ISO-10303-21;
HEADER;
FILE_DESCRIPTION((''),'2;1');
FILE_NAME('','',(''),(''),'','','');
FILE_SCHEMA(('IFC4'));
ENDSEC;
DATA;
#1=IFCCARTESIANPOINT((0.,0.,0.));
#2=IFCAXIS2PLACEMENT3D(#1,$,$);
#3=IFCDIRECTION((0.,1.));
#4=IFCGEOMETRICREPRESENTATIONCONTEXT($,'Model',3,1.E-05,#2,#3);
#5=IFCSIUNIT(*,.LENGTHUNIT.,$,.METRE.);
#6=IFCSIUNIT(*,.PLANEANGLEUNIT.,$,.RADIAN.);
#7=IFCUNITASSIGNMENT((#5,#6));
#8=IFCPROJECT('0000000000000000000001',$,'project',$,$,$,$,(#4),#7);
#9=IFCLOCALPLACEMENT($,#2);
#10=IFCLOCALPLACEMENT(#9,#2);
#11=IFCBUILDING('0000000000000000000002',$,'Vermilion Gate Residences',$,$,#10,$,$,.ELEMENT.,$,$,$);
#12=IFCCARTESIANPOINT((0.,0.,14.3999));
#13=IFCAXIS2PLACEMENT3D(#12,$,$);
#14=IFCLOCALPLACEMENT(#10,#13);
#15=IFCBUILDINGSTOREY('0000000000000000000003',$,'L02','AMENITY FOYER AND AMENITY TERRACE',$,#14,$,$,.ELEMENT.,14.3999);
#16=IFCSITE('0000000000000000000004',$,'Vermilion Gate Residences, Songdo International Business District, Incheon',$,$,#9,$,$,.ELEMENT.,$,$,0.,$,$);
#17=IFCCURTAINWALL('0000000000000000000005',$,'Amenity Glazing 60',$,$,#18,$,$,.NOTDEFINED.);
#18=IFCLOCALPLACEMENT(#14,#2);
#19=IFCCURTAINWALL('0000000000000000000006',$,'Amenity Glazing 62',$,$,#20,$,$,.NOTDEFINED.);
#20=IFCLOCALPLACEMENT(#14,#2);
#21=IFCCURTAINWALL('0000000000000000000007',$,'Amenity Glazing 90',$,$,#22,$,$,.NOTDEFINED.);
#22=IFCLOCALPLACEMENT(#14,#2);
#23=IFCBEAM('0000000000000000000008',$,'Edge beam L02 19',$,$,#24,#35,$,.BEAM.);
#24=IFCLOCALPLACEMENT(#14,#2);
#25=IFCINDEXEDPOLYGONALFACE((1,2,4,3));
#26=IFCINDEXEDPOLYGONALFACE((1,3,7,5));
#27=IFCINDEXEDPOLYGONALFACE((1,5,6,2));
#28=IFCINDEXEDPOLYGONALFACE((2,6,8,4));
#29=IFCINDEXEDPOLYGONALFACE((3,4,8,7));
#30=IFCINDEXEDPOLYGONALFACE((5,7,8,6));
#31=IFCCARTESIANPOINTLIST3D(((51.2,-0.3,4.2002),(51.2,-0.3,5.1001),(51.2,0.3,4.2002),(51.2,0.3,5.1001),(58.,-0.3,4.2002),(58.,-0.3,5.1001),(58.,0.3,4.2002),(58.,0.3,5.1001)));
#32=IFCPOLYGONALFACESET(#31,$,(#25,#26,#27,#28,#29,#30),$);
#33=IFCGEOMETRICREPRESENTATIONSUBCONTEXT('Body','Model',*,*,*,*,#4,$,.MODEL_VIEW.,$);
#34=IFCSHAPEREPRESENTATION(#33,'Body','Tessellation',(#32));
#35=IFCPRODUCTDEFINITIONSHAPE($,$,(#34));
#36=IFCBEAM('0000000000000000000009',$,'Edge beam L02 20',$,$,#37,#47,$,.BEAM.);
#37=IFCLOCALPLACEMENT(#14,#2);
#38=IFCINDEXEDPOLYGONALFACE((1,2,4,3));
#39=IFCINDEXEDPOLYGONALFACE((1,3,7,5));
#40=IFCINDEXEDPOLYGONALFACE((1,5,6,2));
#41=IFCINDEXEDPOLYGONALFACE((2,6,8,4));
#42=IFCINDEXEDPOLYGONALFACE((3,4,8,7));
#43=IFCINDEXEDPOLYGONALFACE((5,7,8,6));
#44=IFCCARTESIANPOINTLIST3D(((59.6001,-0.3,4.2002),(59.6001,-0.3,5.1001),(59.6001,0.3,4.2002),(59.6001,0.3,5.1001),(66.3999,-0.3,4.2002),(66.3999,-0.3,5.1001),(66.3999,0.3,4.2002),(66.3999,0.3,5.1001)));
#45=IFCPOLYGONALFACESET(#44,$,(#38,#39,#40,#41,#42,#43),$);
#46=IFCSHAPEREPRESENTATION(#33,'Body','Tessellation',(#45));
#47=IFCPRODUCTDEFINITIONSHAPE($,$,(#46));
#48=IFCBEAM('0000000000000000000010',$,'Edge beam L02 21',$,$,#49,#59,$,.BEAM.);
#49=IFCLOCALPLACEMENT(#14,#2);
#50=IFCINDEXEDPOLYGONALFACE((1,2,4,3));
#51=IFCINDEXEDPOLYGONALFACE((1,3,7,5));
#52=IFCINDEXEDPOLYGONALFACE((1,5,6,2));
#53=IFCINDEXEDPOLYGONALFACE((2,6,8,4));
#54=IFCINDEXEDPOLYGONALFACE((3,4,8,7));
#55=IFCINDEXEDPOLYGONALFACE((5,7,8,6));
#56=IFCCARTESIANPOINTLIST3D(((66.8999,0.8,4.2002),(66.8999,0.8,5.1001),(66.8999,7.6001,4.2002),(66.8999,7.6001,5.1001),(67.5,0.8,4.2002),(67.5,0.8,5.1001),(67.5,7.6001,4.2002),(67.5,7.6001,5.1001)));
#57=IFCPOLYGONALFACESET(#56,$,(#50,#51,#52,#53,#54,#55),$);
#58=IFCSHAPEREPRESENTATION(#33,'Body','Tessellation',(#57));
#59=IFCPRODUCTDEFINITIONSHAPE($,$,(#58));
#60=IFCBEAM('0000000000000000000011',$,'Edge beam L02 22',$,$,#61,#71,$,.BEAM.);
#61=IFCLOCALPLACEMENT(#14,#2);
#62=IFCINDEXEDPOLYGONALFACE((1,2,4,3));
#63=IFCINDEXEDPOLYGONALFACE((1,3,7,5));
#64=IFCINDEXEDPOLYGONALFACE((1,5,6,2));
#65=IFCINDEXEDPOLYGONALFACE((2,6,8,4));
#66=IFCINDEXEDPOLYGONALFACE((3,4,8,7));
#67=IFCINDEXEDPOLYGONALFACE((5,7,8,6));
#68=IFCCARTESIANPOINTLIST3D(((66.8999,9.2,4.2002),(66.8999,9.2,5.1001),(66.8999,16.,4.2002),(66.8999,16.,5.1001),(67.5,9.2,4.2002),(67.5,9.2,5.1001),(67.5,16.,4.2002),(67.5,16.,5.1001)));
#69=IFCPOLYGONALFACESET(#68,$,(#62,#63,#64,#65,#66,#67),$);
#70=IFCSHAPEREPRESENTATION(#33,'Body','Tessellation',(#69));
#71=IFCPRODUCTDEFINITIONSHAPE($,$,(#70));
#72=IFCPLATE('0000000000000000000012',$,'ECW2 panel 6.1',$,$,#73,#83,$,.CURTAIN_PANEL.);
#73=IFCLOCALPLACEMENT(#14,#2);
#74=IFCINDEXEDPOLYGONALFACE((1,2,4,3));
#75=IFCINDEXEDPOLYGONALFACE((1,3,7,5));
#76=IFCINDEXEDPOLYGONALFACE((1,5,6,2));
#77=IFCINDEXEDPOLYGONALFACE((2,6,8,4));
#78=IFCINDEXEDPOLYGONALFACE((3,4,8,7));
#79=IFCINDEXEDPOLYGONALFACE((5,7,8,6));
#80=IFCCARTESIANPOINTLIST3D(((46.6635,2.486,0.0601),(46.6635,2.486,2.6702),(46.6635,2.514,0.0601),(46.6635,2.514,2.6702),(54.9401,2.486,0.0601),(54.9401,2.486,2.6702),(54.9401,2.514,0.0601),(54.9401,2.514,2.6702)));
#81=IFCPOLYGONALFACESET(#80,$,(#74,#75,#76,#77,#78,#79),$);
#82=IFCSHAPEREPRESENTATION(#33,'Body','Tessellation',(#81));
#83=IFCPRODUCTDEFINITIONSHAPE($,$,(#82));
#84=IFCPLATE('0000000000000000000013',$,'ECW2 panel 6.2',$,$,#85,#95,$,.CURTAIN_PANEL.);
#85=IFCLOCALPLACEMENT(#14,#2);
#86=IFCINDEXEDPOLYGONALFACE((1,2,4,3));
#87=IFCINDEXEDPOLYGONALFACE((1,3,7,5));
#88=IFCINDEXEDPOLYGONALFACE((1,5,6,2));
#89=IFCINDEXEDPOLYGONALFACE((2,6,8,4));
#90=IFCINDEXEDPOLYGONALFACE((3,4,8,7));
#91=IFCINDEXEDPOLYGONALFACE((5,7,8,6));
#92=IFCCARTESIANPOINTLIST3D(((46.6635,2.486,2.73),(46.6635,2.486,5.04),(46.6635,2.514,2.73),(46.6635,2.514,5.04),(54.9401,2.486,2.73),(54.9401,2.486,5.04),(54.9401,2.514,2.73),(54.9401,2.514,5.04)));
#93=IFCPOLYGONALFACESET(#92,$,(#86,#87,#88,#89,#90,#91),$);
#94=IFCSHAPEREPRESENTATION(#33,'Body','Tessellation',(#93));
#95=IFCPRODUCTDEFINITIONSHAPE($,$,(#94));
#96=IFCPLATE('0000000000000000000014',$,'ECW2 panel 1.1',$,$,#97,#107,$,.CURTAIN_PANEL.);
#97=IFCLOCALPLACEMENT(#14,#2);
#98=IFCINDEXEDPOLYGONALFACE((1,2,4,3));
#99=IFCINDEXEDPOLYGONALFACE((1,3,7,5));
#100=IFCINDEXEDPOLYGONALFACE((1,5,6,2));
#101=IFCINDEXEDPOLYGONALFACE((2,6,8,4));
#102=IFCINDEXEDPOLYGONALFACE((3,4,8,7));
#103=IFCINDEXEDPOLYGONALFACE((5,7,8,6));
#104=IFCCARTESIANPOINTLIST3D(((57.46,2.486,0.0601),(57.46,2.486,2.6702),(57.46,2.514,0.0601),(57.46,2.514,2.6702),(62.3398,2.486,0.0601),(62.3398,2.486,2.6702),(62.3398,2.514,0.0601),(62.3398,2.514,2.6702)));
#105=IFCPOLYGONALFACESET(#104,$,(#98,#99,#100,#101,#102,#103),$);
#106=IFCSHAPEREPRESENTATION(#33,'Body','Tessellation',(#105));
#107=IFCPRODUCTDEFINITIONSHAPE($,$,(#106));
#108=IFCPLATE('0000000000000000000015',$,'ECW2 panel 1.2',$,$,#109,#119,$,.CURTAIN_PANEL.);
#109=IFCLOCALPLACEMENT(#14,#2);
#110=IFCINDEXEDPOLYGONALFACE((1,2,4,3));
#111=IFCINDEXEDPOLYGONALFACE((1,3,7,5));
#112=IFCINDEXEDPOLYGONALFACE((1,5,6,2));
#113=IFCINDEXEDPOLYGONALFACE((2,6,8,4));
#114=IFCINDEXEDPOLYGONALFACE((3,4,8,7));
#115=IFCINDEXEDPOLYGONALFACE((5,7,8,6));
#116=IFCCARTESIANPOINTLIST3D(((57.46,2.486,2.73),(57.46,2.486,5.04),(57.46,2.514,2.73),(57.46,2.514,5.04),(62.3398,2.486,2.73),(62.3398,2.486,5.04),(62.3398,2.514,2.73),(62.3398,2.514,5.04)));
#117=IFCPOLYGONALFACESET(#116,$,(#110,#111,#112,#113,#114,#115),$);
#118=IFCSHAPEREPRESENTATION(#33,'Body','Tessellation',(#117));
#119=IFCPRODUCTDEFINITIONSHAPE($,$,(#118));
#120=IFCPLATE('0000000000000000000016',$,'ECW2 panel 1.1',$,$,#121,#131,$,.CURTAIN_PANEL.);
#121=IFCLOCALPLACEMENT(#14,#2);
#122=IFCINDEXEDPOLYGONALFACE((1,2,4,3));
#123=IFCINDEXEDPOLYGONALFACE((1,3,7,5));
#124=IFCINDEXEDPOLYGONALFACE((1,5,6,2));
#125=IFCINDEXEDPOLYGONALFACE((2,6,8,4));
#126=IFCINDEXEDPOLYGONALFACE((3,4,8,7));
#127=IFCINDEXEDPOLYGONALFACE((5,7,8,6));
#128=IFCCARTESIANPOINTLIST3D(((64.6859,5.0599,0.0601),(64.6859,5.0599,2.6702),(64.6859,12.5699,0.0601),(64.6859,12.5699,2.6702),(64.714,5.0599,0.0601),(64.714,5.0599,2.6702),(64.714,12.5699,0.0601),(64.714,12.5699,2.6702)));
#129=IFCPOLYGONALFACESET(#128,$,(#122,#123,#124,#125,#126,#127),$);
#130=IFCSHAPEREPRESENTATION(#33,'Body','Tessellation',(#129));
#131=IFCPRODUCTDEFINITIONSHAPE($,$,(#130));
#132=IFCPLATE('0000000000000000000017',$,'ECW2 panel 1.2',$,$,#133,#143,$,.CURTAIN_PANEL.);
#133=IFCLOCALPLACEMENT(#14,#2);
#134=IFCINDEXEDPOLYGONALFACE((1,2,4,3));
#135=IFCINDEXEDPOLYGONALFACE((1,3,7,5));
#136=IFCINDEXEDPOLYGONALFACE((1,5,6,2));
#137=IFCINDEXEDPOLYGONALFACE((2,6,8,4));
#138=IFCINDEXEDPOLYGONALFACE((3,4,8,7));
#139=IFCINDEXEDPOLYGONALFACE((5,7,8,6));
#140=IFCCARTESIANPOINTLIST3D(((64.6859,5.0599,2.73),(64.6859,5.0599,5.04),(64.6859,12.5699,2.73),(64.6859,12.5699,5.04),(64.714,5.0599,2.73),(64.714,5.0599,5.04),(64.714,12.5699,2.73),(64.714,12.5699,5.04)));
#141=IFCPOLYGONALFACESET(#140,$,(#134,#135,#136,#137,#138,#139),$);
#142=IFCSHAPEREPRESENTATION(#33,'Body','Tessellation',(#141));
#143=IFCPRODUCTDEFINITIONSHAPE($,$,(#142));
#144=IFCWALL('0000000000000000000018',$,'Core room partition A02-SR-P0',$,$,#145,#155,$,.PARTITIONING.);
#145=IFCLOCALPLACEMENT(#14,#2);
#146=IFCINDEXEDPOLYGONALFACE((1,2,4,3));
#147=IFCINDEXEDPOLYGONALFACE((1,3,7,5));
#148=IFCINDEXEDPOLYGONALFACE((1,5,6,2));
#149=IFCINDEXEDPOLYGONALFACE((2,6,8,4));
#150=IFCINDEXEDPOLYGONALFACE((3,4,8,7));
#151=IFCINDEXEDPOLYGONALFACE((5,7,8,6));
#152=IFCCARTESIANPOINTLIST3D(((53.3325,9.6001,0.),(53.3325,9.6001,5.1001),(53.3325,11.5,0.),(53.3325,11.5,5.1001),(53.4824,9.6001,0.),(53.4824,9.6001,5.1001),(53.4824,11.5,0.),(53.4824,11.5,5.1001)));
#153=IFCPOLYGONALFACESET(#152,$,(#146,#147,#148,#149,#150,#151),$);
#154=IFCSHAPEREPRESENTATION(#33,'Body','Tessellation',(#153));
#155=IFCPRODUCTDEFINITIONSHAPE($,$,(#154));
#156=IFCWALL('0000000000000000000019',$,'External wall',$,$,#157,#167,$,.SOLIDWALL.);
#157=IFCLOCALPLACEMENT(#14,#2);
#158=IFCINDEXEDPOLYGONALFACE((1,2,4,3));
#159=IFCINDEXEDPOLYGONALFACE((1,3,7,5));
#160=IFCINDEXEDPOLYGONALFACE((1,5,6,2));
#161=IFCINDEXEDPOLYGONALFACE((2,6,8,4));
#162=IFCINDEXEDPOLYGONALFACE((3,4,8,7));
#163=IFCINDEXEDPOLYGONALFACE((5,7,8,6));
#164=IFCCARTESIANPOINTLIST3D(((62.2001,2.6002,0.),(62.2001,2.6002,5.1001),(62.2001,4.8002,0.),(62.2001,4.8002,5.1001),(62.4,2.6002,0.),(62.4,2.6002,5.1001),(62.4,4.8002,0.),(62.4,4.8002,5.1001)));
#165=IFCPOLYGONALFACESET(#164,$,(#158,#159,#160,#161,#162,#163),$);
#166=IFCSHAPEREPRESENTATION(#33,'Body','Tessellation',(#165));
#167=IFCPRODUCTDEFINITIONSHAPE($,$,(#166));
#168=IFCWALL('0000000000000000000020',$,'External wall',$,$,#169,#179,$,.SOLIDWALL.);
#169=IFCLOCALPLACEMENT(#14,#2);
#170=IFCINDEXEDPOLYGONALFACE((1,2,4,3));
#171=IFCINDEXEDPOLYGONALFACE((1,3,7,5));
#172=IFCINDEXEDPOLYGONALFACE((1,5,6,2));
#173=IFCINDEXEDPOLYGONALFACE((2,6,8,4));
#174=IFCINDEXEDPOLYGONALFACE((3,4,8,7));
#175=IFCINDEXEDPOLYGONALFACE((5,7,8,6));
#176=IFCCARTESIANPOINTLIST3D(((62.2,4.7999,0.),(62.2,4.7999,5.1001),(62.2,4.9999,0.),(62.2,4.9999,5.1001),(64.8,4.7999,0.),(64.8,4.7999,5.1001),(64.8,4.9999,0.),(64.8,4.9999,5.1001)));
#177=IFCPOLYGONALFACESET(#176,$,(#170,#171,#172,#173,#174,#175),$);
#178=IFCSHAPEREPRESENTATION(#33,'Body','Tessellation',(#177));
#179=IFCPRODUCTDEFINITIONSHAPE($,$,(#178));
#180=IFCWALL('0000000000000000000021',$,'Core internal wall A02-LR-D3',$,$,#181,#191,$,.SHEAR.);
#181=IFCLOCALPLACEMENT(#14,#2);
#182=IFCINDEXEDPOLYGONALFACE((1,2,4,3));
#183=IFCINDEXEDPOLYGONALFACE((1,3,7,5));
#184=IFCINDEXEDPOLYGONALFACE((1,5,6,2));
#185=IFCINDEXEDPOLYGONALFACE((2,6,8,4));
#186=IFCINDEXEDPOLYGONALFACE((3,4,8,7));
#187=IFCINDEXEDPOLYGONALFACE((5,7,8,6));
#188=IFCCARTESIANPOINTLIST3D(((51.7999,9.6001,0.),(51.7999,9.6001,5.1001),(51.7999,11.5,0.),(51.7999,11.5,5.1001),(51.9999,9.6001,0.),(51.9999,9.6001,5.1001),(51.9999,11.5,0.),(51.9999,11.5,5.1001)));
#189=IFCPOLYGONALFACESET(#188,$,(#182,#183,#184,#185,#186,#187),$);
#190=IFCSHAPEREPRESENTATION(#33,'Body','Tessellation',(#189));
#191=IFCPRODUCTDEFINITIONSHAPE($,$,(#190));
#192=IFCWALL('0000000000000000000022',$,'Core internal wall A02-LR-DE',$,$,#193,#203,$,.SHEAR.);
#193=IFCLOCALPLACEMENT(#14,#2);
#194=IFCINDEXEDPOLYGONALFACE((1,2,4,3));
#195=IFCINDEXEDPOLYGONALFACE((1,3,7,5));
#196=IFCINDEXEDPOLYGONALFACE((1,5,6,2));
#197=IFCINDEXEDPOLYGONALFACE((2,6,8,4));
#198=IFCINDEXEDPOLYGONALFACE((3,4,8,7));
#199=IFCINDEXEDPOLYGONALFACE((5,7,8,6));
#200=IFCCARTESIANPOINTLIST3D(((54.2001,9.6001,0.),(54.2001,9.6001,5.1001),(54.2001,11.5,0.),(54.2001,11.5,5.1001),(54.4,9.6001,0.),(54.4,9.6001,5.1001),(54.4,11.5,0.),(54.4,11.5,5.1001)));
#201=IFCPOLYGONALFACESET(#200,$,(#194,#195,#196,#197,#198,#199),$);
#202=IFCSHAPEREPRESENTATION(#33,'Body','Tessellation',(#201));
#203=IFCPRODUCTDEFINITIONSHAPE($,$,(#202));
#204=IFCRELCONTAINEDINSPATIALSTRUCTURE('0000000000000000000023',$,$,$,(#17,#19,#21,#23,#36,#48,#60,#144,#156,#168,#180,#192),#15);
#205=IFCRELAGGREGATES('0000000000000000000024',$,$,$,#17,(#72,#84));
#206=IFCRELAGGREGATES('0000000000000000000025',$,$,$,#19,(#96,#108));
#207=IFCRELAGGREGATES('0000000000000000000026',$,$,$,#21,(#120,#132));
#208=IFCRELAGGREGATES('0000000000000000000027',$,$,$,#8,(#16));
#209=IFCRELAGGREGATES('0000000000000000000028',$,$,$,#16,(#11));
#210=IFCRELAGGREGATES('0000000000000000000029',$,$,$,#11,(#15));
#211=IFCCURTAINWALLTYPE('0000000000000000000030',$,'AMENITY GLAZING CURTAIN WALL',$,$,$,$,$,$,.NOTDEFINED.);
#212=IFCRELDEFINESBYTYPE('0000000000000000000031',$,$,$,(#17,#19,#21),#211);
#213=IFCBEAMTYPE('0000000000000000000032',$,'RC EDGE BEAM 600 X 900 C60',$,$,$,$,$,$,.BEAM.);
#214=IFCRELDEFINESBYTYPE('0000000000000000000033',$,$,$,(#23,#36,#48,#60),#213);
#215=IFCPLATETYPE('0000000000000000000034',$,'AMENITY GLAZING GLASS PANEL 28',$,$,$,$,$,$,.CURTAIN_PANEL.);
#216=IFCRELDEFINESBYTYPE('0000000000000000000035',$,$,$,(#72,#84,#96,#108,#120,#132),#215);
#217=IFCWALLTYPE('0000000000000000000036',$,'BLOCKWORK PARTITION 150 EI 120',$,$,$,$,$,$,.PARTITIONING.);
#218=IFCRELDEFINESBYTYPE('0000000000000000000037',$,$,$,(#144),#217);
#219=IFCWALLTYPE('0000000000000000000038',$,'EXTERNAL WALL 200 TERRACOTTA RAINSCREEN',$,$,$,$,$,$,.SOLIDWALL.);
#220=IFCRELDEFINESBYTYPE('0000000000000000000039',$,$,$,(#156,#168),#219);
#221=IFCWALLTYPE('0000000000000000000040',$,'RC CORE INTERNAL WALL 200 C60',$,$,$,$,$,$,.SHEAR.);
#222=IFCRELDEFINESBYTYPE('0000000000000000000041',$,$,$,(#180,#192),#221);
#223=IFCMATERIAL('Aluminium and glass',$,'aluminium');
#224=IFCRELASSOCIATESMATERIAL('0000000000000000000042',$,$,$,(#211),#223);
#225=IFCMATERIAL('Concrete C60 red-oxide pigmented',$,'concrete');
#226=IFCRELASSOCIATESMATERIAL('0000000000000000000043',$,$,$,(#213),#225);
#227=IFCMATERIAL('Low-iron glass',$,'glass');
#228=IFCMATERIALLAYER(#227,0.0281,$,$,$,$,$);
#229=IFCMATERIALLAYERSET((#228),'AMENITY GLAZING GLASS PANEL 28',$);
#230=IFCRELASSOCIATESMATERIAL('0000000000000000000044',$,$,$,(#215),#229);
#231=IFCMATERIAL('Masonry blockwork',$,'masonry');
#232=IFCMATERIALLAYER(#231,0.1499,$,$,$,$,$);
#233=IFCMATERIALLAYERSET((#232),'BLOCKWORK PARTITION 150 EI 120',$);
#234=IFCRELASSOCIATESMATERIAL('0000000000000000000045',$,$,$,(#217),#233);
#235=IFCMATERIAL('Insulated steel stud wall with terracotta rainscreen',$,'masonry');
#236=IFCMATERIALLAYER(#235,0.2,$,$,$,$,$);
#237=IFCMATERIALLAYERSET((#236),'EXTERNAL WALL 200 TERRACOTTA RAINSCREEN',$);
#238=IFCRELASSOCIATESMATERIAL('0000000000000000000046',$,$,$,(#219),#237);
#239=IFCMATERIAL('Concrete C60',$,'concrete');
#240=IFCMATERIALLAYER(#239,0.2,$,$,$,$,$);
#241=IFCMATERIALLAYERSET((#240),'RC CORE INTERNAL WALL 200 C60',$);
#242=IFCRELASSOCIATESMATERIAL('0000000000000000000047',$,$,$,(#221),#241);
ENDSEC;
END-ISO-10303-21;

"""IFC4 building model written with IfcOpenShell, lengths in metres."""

from ifc_helpers import new_model, si_unit, direction, frame, frame_2d, origin, origin_2d, place, context, subcontext, project, spatial, rectangle, extrude, material, layer, layer_set, material_profile, profile_set, type_object, element, aggregate, save


model = new_model("IFC4")

# Units and contexts
model_context = context("Model", 3, precision=1e-05, world=origin(), true_north=direction((0.0, 1.0)))
body_context = subcontext(model_context, "Body", "Model", "MODEL_VIEW")
ifc_project = project(units=[si_unit("LENGTHUNIT", "METRE"), si_unit("PLANEANGLEUNIT", "RADIAN")], contexts=[model_context])

# Site, building, storey
site_placement = place(None, origin())
site = spatial("IfcSite", under=ifc_project, at=site_placement, Name="Vermilion Gate Residences, Songdo International Business District, Incheon", CompositionType="ELEMENT", RefElevation=0.0)
building_placement = place(site_placement, origin())
building = spatial("IfcBuilding", under=site, at=building_placement, Name="Vermilion Gate Residences", CompositionType="ELEMENT")
storey_placement = place(building_placement, frame((0.0, 0.0, 14.3999)))
storey = spatial("IfcBuildingStorey", under=building, at=storey_placement, Name="L02", Description="AMENITY FOYER AND AMENITY TERRACE", CompositionType="ELEMENT", Elevation=14.3999)

# Curtain wall
ifc_material_1 = material(Name="Aluminium and glass", Category="aluminium")
curtain_wall_type = type_object("IfcCurtainWallType", Name="AMENITY GLAZING CURTAIN WALL", PredefinedType="NOTDEFINED", material=ifc_material_1)
curtain_wall_1_placement = place(storey_placement, origin())
curtain_wall_1 = element("IfcCurtainWall", 1, at=curtain_wall_1_placement, inside=storey, type_object=curtain_wall_type, Name="Amenity Glazing 60", PredefinedType="NOTDEFINED")

# Curtain walls
curtain_wall_2_placement = place(storey_placement, origin())
curtain_wall_2 = element("IfcCurtainWall", 2, at=curtain_wall_2_placement, inside=storey, type_object=curtain_wall_type, Name="Amenity Glazing 62", PredefinedType="NOTDEFINED")
curtain_wall_3_placement = place(storey_placement, origin())
curtain_wall_3 = element("IfcCurtainWall", 3, at=curtain_wall_3_placement, inside=storey, type_object=curtain_wall_type, Name="Amenity Glazing 90", PredefinedType="NOTDEFINED")

# Beams
ifc_material_2 = material(Name="Concrete C60 red-oxide pigmented", Category="concrete")
ifc_material_profile_1 = material_profile(ifc_material_2, rectangle(XDim=0.6001, YDim=0.8999, at=origin_2d()), Name="RC-600x900")
ifc_profile_set_1 = profile_set([ifc_material_profile_1], Name="Concrete C60 red-oxide pigmented")
beam_type = type_object("IfcBeamType", Name="RC EDGE BEAM 600 X 900 C60", PredefinedType="BEAM", material=ifc_profile_set_1)
beam_1_placement = place(storey_placement, frame((51.2, 0.0, 4.6501), z_axis=(1.0, 0.0, 0.0), x_axis=(0.0, 1.0, 0.0)))
element("IfcBeam", 4, at=beam_1_placement, inside=storey, type_object=beam_type, Name="Edge beam L02 19", PredefinedType="BEAM", context=body_context, shape_type="SweptSolid", body=[
    extrude(rectangle(XDim=0.6001, YDim=0.8999, at=origin_2d()), origin(), (0.0, 0.0, 1.0), 6.8),
])
beam_2_placement = place(storey_placement, frame((59.6001, 0.0, 4.6501), z_axis=(1.0, 0.0, 0.0), x_axis=(0.0, 1.0, 0.0)))
element("IfcBeam", 5, at=beam_2_placement, inside=storey, type_object=beam_type, Name="Edge beam L02 20", PredefinedType="BEAM", context=body_context, shape_type="SweptSolid", body=[
    extrude(rectangle(XDim=0.6001, YDim=0.8999, at=origin_2d()), origin(), (0.0, 0.0, 1.0), 6.7998),
])
for number, where, z_axis, x_axis, name in (
    (6, (67.2, 0.8, 4.6501), (0.0, 1.0, 0.0), (-1.0, 0.0, 0.0), "Edge beam L02 21"),
    (7, (67.2, 9.2, 4.6501), (0.0, 1.0, 0.0), (-1.0, 0.0, 0.0), "Edge beam L02 22"),
):
    element("IfcBeam", number, at=place(storey_placement, frame(where, z_axis=z_axis, x_axis=x_axis)), inside=storey, type_object=beam_type, Name=name, PredefinedType="BEAM", context=body_context, shape_type="SweptSolid", body=[
        extrude(rectangle(XDim=0.6001, YDim=0.8999, at=origin_2d()), origin(), (0.0, 0.0, 1.0), 6.8),
    ])

# Plates
ifc_material_3 = material(Name="Low-iron glass", Category="glass")
ifc_layer_1 = layer(ifc_material_3, 0.0281)
ifc_layer_set_1 = layer_set([ifc_layer_1], Name="AMENITY GLAZING GLASS PANEL 28")
plate_type = type_object("IfcPlateType", Name="AMENITY GLAZING GLASS PANEL 28", PredefinedType="CURTAIN_PANEL", material=ifc_layer_set_1)
plate_1_placement = place(storey_placement, frame((50.8018, 2.5, 0.0601), z_axis=(0.0, 0.0, 1.0), x_axis=(1.0, 0.0, 0.0)))
plate_1 = element("IfcPlate", 8, at=plate_1_placement, type_object=plate_type, Name="ECW2 panel 6.1", PredefinedType="CURTAIN_PANEL", context=body_context, shape_type="SweptSolid", body=[
    extrude(rectangle(XDim=8.2766, YDim=0.0281, at=origin_2d()), origin(), (0.0, 0.0, 1.0), 2.6101),
])
plate_2_placement = place(storey_placement, frame((50.8018, 2.5, 2.73), z_axis=(0.0, 0.0, 1.0), x_axis=(1.0, 0.0, 0.0)))
plate_2 = element("IfcPlate", 9, at=plate_2_placement, type_object=plate_type, Name="ECW2 panel 6.2", PredefinedType="CURTAIN_PANEL", context=body_context, shape_type="SweptSolid", body=[
    extrude(rectangle(XDim=8.2766, YDim=0.0281, at=origin_2d()), origin(), (0.0, 0.0, 1.0), 2.3101),
])
aggregate(curtain_wall_1, [plate_1, plate_2])
plate_3_placement = place(storey_placement, frame((59.8999, 2.5, 0.0601), z_axis=(0.0, 0.0, 1.0), x_axis=(1.0, 0.0, 0.0)))
plate_3 = element("IfcPlate", 10, at=plate_3_placement, type_object=plate_type, Name="ECW2 panel 1.1", PredefinedType="CURTAIN_PANEL", context=body_context, shape_type="SweptSolid", body=[
    extrude(rectangle(XDim=4.8799, YDim=0.0281, at=origin_2d()), origin(), (0.0, 0.0, 1.0), 2.6101),
])
plate_4_placement = place(storey_placement, frame((59.8999, 2.5, 2.73), z_axis=(0.0, 0.0, 1.0), x_axis=(1.0, 0.0, 0.0)))
plate_4 = element("IfcPlate", 11, at=plate_4_placement, type_object=plate_type, Name="ECW2 panel 1.2", PredefinedType="CURTAIN_PANEL", context=body_context, shape_type="SweptSolid", body=[
    extrude(rectangle(XDim=4.8799, YDim=0.0281, at=origin_2d()), origin(), (0.0, 0.0, 1.0), 2.3101),
])
aggregate(curtain_wall_2, [plate_3, plate_4])
plate_5_placement = place(storey_placement, frame((64.7, 8.8149, 0.0601), z_axis=(0.0, 0.0, 1.0), x_axis=(0.0, 1.0, 0.0)))
plate_5 = element("IfcPlate", 12, at=plate_5_placement, type_object=plate_type, Name="ECW2 panel 1.1", PredefinedType="CURTAIN_PANEL", context=body_context, shape_type="SweptSolid", body=[
    extrude(rectangle(XDim=7.51, YDim=0.0281, at=origin_2d()), origin(), (0.0, 0.0, 1.0), 2.6101),
])
plate_6_placement = place(storey_placement, frame((64.7, 8.8149, 2.73), z_axis=(0.0, 0.0, 1.0), x_axis=(0.0, 1.0, 0.0)))
plate_6 = element("IfcPlate", 13, at=plate_6_placement, type_object=plate_type, Name="ECW2 panel 1.2", PredefinedType="CURTAIN_PANEL", context=body_context, shape_type="SweptSolid", body=[
    extrude(rectangle(XDim=7.51, YDim=0.0281, at=origin_2d()), origin(), (0.0, 0.0, 1.0), 2.3101),
])
aggregate(curtain_wall_3, [plate_5, plate_6])

# Wall
ifc_material_4 = material(Name="Masonry blockwork", Category="masonry")
ifc_layer_2 = layer(ifc_material_4, 0.1499)
ifc_layer_set_2 = layer_set([ifc_layer_2], Name="BLOCKWORK PARTITION 150 EI 120")
wall_type_1 = type_object("IfcWallType", Name="BLOCKWORK PARTITION 150 EI 120", PredefinedType="PARTITIONING", material=ifc_layer_set_2)
wall_1_placement = place(storey_placement, frame((53.4075, 9.6001, 0.0), z_axis=(0.0, 0.0, 1.0), x_axis=(0.0, 1.0, 0.0)))
element("IfcWall", 14, at=wall_1_placement, inside=storey, type_object=wall_type_1, Name="Core room partition A02-SR-P0", PredefinedType="PARTITIONING", context=body_context, shape_type="SweptSolid", body=[
    extrude(rectangle(XDim=1.8999, YDim=0.1499, at=frame_2d((0.95, 0.0))), origin(), (0.0, 0.0, 1.0), 5.1001),
])

# Shared definitions
ifc_material_5 = material(Name="Insulated steel stud wall with terracotta rainscreen", Category="masonry")
ifc_layer_3 = layer(ifc_material_5, 0.2)
ifc_layer_set_3 = layer_set([ifc_layer_3], Name="EXTERNAL WALL 200 TERRACOTTA RAINSCREEN")
wall_type_2 = type_object("IfcWallType", Name="EXTERNAL WALL 200 TERRACOTTA RAINSCREEN", PredefinedType="SOLIDWALL", material=ifc_layer_set_3)

# Walls
wall_2_placement = place(storey_placement, frame((62.3, 2.6001, 0.0), z_axis=(0.0, 0.0, 1.0), x_axis=(0.0, 1.0, 0.0)))
element("IfcWall", 15, at=wall_2_placement, inside=storey, type_object=wall_type_2, Name="External wall", PredefinedType="SOLIDWALL", context=body_context, shape_type="SweptSolid", body=[
    extrude(rectangle(XDim=2.2, YDim=0.2, at=frame_2d((1.1001, 0.0))), origin(), (0.0, 0.0, 1.0), 5.1001),
])
wall_3_placement = place(storey_placement, frame((62.2, 4.8999, 0.0), z_axis=(0.0, 0.0, 1.0), x_axis=(1.0, 0.0, 0.0)))
element("IfcWall", 16, at=wall_3_placement, inside=storey, type_object=wall_type_2, Name="External wall", PredefinedType="SOLIDWALL", context=body_context, shape_type="SweptSolid", body=[
    extrude(rectangle(XDim=2.6001, YDim=0.2, at=frame_2d((1.3, 0.0))), origin(), (0.0, 0.0, 1.0), 5.1001),
])
ifc_material_6 = material(Name="Concrete C60", Category="concrete")
ifc_layer_4 = layer(ifc_material_6, 0.2)
ifc_layer_set_4 = layer_set([ifc_layer_4], Name="RC CORE INTERNAL WALL 200 C60")
wall_type_3 = type_object("IfcWallType", Name="RC CORE INTERNAL WALL 200 C60", PredefinedType="SHEAR", material=ifc_layer_set_4)
for number, where, z_axis, x_axis, name in (
    (17, (51.8999, 9.6001, 0.0), (0.0, 0.0, 1.0), (0.0, 1.0, 0.0), "Core internal wall A02-LR-D3"),
    (18, (54.3, 9.6001, 0.0), (0.0, 0.0, 1.0), (0.0, 1.0, 0.0), "Core internal wall A02-LR-DE"),
):
    element("IfcWall", number, at=place(storey_placement, frame(where, z_axis=z_axis, x_axis=x_axis)), inside=storey, type_object=wall_type_3, Name=name, PredefinedType="SHEAR", context=body_context, shape_type="SweptSolid", body=[
        extrude(rectangle(XDim=1.8999, YDim=0.2, at=frame_2d((0.95, 0.0))), origin(), (0.0, 0.0, 1.0), 5.1001),
    ])

save(model, "model.ifc")
